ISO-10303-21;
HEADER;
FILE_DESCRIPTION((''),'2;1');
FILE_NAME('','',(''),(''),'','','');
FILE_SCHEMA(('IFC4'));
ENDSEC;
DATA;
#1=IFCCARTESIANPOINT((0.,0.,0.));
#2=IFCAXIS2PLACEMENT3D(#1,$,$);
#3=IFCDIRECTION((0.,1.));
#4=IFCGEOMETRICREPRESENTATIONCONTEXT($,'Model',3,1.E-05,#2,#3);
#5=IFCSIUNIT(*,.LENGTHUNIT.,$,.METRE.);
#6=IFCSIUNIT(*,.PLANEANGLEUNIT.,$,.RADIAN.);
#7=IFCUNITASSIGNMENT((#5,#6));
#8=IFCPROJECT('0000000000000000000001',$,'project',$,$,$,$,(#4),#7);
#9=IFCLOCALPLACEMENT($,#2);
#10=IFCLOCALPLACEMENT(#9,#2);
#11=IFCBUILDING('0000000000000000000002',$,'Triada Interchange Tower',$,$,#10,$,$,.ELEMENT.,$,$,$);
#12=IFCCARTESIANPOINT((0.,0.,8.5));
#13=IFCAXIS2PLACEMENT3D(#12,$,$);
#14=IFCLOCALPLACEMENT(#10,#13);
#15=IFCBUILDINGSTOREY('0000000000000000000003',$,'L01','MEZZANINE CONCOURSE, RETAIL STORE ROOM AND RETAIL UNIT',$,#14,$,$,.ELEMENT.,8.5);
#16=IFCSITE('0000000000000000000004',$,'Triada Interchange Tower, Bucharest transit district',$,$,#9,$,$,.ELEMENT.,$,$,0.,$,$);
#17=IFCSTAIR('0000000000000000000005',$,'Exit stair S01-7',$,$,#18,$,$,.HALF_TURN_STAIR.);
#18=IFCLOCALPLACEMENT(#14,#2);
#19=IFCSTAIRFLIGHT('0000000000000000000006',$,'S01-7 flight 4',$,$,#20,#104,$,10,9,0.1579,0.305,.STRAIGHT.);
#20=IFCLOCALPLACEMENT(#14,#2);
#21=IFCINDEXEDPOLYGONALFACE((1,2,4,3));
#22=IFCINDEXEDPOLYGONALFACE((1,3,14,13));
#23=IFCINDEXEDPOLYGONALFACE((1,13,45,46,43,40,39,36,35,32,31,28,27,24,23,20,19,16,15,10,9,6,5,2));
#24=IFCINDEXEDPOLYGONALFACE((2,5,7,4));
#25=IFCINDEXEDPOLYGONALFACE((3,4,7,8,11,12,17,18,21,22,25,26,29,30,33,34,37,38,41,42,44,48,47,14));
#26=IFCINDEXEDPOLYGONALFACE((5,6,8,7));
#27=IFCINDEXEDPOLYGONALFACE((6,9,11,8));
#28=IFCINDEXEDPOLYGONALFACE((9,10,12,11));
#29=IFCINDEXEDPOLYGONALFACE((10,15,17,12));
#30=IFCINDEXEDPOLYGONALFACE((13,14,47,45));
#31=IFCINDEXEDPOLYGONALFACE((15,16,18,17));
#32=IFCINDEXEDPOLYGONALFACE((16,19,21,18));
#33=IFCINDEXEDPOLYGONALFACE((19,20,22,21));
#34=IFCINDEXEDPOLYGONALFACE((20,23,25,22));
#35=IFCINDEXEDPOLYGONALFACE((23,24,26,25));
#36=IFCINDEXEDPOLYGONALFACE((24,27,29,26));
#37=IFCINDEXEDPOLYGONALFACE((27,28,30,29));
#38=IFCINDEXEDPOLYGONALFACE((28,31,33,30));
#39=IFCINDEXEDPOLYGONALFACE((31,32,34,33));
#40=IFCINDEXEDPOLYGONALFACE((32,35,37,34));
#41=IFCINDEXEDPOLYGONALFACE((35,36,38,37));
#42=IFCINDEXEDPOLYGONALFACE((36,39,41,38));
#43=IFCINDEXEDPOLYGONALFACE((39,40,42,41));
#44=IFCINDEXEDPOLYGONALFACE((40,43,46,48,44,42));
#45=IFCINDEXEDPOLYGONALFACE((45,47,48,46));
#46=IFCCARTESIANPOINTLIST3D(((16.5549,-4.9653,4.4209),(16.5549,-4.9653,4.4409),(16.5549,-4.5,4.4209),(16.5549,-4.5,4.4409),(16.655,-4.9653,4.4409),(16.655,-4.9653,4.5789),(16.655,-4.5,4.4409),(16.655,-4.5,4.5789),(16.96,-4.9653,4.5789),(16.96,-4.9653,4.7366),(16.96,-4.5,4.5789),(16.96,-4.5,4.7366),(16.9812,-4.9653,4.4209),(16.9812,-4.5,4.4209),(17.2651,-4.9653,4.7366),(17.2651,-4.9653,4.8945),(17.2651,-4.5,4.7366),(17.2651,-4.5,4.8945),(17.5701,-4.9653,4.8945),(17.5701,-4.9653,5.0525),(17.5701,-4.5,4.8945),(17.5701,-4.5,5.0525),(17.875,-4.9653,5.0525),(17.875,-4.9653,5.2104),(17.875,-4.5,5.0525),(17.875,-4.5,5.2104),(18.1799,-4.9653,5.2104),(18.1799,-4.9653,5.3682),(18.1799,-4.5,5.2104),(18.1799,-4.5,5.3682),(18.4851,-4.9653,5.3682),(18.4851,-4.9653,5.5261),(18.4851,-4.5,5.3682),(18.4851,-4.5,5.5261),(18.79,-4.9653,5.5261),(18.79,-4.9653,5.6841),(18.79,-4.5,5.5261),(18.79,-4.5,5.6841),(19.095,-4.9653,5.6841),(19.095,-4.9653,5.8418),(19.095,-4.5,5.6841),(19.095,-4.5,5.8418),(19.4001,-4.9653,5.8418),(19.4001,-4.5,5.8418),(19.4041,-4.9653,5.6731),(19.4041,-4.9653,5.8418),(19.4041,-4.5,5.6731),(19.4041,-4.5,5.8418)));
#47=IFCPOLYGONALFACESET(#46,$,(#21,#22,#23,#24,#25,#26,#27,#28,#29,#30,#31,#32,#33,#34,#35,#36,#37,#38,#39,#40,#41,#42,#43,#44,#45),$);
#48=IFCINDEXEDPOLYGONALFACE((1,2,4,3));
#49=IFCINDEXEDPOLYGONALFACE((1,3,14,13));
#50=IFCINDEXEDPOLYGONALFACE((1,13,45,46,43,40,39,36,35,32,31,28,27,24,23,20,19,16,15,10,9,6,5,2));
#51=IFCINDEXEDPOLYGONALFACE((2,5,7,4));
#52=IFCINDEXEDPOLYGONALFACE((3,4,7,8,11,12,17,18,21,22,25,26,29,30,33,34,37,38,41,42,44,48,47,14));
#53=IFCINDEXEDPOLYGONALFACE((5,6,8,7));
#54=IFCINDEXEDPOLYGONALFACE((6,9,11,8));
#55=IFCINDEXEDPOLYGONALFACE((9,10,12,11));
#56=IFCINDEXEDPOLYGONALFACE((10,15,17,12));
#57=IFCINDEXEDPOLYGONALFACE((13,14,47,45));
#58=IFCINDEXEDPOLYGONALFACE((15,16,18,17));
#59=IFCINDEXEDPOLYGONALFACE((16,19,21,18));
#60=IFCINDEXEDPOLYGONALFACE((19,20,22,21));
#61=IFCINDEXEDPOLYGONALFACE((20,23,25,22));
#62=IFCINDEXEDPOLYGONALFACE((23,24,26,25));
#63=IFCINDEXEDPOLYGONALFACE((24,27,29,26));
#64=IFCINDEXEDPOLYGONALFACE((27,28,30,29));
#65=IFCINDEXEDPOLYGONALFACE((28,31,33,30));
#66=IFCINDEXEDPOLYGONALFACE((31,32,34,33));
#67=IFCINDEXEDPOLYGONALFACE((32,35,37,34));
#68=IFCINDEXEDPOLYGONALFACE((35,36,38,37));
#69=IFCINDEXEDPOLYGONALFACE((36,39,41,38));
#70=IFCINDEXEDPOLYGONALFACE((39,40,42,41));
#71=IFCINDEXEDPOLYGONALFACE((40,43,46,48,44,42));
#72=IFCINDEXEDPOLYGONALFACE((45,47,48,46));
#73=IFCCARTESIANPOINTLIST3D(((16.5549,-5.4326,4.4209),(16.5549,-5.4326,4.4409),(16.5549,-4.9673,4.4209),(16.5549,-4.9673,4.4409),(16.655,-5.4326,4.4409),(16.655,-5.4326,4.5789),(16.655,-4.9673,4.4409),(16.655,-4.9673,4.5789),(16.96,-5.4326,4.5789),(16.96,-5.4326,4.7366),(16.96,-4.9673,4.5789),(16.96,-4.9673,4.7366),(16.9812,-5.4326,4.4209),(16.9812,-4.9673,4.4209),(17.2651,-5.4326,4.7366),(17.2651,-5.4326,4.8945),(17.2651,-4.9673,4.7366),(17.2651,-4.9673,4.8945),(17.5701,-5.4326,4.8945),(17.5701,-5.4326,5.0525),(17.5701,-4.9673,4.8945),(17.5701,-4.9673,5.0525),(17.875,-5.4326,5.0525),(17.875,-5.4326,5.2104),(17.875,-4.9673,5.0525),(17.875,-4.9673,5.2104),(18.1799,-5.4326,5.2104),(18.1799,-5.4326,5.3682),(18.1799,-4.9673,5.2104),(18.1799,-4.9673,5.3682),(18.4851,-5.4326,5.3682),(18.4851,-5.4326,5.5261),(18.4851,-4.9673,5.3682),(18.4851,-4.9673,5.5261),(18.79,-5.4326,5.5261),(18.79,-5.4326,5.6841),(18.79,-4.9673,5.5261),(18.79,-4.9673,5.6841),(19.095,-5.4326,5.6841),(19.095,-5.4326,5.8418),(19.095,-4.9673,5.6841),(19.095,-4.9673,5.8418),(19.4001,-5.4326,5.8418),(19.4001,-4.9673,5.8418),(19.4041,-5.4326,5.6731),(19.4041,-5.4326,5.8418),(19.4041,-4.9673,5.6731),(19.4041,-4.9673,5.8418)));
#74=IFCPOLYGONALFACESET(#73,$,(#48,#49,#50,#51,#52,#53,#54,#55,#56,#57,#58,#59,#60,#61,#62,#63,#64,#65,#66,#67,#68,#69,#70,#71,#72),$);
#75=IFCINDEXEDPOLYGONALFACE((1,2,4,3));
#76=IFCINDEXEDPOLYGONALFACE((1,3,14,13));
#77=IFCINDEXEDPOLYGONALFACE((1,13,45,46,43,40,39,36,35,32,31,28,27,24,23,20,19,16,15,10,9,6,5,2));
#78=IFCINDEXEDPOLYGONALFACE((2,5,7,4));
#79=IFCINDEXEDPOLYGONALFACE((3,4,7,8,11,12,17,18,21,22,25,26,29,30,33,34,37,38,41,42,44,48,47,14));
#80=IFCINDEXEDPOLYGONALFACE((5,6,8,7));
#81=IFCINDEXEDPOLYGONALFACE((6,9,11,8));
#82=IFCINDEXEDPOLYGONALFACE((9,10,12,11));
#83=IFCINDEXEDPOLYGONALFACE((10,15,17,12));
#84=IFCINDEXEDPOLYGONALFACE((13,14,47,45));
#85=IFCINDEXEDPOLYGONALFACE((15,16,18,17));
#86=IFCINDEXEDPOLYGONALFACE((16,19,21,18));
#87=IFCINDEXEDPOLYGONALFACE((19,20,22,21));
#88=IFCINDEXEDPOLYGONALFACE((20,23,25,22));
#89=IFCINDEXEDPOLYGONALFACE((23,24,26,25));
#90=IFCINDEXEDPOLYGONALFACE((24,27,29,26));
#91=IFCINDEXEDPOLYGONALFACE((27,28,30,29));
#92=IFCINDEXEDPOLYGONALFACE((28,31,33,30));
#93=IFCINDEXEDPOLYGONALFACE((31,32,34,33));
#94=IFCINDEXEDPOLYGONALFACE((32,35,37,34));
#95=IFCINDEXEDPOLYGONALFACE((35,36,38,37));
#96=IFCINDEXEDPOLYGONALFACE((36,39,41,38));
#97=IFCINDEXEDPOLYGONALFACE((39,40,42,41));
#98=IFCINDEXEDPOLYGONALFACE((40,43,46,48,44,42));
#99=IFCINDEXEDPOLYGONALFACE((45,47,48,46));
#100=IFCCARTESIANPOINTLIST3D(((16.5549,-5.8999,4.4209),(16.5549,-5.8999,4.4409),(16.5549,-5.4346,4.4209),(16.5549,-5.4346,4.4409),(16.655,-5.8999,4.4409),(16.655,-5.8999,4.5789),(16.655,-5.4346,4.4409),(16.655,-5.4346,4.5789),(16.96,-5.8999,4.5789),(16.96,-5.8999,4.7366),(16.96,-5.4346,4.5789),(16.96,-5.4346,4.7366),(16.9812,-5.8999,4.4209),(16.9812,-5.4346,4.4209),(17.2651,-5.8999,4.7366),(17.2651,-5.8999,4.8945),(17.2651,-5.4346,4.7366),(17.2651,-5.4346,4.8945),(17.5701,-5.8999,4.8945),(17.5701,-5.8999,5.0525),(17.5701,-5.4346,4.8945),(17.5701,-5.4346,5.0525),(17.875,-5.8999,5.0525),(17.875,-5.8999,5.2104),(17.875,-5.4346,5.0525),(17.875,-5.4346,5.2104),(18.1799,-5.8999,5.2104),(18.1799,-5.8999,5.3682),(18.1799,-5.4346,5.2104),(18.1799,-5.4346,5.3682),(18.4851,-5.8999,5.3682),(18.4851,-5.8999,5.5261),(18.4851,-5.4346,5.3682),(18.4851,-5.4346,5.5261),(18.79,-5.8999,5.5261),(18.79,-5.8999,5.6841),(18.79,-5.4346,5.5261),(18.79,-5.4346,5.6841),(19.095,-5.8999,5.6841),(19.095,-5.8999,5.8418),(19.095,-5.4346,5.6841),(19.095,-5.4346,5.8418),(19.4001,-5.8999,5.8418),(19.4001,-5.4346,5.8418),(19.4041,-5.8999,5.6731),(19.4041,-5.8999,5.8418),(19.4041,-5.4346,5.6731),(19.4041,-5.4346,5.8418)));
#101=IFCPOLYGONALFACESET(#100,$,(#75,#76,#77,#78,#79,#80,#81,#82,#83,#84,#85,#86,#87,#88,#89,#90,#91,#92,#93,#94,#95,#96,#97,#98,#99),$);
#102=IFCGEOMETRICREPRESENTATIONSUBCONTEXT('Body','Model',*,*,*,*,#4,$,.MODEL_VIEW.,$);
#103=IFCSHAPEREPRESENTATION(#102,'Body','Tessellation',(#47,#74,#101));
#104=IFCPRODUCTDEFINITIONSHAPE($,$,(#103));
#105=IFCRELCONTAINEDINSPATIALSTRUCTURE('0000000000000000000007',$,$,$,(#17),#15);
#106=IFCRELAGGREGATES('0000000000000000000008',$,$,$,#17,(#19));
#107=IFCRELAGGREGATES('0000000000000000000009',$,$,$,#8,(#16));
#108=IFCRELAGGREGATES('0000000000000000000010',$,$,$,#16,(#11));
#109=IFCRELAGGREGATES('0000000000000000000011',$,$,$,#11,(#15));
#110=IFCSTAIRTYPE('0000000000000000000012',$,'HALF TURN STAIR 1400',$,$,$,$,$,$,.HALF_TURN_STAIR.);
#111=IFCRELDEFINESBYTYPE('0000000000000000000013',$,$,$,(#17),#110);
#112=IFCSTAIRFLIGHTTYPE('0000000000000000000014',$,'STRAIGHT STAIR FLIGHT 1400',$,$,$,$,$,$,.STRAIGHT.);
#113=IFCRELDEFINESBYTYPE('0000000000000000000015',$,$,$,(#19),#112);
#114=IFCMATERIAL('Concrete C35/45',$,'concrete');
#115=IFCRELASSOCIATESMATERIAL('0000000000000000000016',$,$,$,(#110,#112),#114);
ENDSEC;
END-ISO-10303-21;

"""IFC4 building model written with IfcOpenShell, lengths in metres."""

from ifc_helpers import new_model, si_unit, direction, frame, origin, place, context, subcontext, project, spatial, polyline, outline, extrude, material, type_object, element, aggregate, save


model = new_model("IFC4")

# Units and contexts
model_context = context("Model", 3, precision=1e-05, world=origin(), true_north=direction((0.0, 1.0)))
body_context = subcontext(model_context, "Body", "Model", "MODEL_VIEW")
ifc_project = project(units=[si_unit("LENGTHUNIT", "METRE"), si_unit("PLANEANGLEUNIT", "RADIAN")], contexts=[model_context])

# Site, building, storey
site_placement = place(None, origin())
site = spatial("IfcSite", under=ifc_project, at=site_placement, Name="Triada Interchange Tower, Bucharest transit district", CompositionType="ELEMENT", RefElevation=0.0)
building_placement = place(site_placement, origin())
building = spatial("IfcBuilding", under=site, at=building_placement, Name="Triada Interchange Tower", CompositionType="ELEMENT")
storey_placement = place(building_placement, frame((0.0, 0.0, 8.5)))
storey = spatial("IfcBuildingStorey", under=building, at=storey_placement, Name="L01", Description="MEZZANINE CONCOURSE, RETAIL STORE ROOM AND RETAIL UNIT", CompositionType="ELEMENT", Elevation=8.5)

# Shared definitions
ifc_material_1 = material(Name="Concrete C35/45", Category="concrete")

# Shared definitions
stair_type = type_object("IfcStairType", Name="HALF TURN STAIR 1400", PredefinedType="HALF_TURN_STAIR", material=ifc_material_1)
stair_flight_type = type_object("IfcStairFlightType", Name="STRAIGHT STAIR FLIGHT 1400", PredefinedType="STRAIGHT", material=ifc_material_1)

# Stair, stair flight
stair_1_placement = place(storey_placement, origin())
stair_1 = element("IfcStair", 1, at=stair_1_placement, inside=storey, type_object=stair_type, Name="Exit stair S01-7", PredefinedType="HALF_TURN_STAIR")
stair_flight_1_placement = place(storey_placement, frame((16.655, -5.2, 4.4209), z_axis=(0.0, 0.0, 1.0), x_axis=(1.0, 0.0, 0.0)))
stair_flight_1 = element("IfcStairFlight", 2, at=stair_flight_1_placement, type_object=stair_flight_type, Name="S01-7 flight 4", NumberOfRisers=10, NumberOfTreads=9, PredefinedType="STRAIGHT", RiserHeight=0.1579, TreadLength=0.305, context=body_context, shape_type="SweptSolid", body=[
    extrude(outline(polyline([(-0.1001, 0.0), (-0.1001, 0.02), (0.0, 0.02), (0.0, 0.158), (0.3049, 0.158), (0.3049, 0.3157), (0.6101, 0.3157), (0.6101, 0.4736), (0.915, 0.4736), (0.915, 0.6316), (1.22, 0.6316), (1.22, 0.7896), (1.5249, 0.7896), (1.5249, 0.9473), (1.8301, 0.9473), (1.8301, 1.1052), (2.135, 1.1052), (2.135, 1.2632), (2.4399, 1.2632), (2.4399, 1.4209), (2.7451, 1.4209), (2.749, 1.4209), (2.749, 1.5789), (2.749, 1.2522), (0.3262, 0.0), (-0.1001, 0.0)])), frame((0.0, 0.7, 0.0), z_axis=(0.0, -1.0, 0.0), x_axis=(1.0, 0.0, 0.0)), (0.0, 0.0, 1.0), 0.4653),
    extrude(outline(polyline([(-0.1001, 0.0), (-0.1001, 0.02), (0.0, 0.02), (0.0, 0.158), (0.3049, 0.158), (0.3049, 0.3157), (0.6101, 0.3157), (0.6101, 0.4736), (0.915, 0.4736), (0.915, 0.6316), (1.22, 0.6316), (1.22, 0.7896), (1.5249, 0.7896), (1.5249, 0.9473), (1.8301, 0.9473), (1.8301, 1.1052), (2.135, 1.1052), (2.135, 1.2632), (2.4399, 1.2632), (2.4399, 1.4209), (2.7451, 1.4209), (2.749, 1.4209), (2.749, 1.5789), (2.749, 1.2522), (0.3262, 0.0), (-0.1001, 0.0)])), frame((0.0, 0.2327, 0.0), z_axis=(0.0, -1.0, 0.0), x_axis=(1.0, 0.0, 0.0)), (0.0, 0.0, 1.0), 0.4653),
    extrude(outline(polyline([(-0.1001, 0.0), (-0.1001, 0.02), (0.0, 0.02), (0.0, 0.158), (0.3049, 0.158), (0.3049, 0.3157), (0.6101, 0.3157), (0.6101, 0.4736), (0.915, 0.4736), (0.915, 0.6316), (1.22, 0.6316), (1.22, 0.7896), (1.5249, 0.7896), (1.5249, 0.9473), (1.8301, 0.9473), (1.8301, 1.1052), (2.135, 1.1052), (2.135, 1.2632), (2.4399, 1.2632), (2.4399, 1.4209), (2.7451, 1.4209), (2.749, 1.4209), (2.749, 1.5789), (2.749, 1.2522), (0.3262, 0.0), (-0.1001, 0.0)])), frame((0.0, -0.2346, 0.0), z_axis=(0.0, -1.0, 0.0), x_axis=(1.0, 0.0, 0.0)), (0.0, 0.0, 1.0), 0.4653),
])

aggregate(stair_1, [stair_flight_1])

save(model, "model.ifc")
